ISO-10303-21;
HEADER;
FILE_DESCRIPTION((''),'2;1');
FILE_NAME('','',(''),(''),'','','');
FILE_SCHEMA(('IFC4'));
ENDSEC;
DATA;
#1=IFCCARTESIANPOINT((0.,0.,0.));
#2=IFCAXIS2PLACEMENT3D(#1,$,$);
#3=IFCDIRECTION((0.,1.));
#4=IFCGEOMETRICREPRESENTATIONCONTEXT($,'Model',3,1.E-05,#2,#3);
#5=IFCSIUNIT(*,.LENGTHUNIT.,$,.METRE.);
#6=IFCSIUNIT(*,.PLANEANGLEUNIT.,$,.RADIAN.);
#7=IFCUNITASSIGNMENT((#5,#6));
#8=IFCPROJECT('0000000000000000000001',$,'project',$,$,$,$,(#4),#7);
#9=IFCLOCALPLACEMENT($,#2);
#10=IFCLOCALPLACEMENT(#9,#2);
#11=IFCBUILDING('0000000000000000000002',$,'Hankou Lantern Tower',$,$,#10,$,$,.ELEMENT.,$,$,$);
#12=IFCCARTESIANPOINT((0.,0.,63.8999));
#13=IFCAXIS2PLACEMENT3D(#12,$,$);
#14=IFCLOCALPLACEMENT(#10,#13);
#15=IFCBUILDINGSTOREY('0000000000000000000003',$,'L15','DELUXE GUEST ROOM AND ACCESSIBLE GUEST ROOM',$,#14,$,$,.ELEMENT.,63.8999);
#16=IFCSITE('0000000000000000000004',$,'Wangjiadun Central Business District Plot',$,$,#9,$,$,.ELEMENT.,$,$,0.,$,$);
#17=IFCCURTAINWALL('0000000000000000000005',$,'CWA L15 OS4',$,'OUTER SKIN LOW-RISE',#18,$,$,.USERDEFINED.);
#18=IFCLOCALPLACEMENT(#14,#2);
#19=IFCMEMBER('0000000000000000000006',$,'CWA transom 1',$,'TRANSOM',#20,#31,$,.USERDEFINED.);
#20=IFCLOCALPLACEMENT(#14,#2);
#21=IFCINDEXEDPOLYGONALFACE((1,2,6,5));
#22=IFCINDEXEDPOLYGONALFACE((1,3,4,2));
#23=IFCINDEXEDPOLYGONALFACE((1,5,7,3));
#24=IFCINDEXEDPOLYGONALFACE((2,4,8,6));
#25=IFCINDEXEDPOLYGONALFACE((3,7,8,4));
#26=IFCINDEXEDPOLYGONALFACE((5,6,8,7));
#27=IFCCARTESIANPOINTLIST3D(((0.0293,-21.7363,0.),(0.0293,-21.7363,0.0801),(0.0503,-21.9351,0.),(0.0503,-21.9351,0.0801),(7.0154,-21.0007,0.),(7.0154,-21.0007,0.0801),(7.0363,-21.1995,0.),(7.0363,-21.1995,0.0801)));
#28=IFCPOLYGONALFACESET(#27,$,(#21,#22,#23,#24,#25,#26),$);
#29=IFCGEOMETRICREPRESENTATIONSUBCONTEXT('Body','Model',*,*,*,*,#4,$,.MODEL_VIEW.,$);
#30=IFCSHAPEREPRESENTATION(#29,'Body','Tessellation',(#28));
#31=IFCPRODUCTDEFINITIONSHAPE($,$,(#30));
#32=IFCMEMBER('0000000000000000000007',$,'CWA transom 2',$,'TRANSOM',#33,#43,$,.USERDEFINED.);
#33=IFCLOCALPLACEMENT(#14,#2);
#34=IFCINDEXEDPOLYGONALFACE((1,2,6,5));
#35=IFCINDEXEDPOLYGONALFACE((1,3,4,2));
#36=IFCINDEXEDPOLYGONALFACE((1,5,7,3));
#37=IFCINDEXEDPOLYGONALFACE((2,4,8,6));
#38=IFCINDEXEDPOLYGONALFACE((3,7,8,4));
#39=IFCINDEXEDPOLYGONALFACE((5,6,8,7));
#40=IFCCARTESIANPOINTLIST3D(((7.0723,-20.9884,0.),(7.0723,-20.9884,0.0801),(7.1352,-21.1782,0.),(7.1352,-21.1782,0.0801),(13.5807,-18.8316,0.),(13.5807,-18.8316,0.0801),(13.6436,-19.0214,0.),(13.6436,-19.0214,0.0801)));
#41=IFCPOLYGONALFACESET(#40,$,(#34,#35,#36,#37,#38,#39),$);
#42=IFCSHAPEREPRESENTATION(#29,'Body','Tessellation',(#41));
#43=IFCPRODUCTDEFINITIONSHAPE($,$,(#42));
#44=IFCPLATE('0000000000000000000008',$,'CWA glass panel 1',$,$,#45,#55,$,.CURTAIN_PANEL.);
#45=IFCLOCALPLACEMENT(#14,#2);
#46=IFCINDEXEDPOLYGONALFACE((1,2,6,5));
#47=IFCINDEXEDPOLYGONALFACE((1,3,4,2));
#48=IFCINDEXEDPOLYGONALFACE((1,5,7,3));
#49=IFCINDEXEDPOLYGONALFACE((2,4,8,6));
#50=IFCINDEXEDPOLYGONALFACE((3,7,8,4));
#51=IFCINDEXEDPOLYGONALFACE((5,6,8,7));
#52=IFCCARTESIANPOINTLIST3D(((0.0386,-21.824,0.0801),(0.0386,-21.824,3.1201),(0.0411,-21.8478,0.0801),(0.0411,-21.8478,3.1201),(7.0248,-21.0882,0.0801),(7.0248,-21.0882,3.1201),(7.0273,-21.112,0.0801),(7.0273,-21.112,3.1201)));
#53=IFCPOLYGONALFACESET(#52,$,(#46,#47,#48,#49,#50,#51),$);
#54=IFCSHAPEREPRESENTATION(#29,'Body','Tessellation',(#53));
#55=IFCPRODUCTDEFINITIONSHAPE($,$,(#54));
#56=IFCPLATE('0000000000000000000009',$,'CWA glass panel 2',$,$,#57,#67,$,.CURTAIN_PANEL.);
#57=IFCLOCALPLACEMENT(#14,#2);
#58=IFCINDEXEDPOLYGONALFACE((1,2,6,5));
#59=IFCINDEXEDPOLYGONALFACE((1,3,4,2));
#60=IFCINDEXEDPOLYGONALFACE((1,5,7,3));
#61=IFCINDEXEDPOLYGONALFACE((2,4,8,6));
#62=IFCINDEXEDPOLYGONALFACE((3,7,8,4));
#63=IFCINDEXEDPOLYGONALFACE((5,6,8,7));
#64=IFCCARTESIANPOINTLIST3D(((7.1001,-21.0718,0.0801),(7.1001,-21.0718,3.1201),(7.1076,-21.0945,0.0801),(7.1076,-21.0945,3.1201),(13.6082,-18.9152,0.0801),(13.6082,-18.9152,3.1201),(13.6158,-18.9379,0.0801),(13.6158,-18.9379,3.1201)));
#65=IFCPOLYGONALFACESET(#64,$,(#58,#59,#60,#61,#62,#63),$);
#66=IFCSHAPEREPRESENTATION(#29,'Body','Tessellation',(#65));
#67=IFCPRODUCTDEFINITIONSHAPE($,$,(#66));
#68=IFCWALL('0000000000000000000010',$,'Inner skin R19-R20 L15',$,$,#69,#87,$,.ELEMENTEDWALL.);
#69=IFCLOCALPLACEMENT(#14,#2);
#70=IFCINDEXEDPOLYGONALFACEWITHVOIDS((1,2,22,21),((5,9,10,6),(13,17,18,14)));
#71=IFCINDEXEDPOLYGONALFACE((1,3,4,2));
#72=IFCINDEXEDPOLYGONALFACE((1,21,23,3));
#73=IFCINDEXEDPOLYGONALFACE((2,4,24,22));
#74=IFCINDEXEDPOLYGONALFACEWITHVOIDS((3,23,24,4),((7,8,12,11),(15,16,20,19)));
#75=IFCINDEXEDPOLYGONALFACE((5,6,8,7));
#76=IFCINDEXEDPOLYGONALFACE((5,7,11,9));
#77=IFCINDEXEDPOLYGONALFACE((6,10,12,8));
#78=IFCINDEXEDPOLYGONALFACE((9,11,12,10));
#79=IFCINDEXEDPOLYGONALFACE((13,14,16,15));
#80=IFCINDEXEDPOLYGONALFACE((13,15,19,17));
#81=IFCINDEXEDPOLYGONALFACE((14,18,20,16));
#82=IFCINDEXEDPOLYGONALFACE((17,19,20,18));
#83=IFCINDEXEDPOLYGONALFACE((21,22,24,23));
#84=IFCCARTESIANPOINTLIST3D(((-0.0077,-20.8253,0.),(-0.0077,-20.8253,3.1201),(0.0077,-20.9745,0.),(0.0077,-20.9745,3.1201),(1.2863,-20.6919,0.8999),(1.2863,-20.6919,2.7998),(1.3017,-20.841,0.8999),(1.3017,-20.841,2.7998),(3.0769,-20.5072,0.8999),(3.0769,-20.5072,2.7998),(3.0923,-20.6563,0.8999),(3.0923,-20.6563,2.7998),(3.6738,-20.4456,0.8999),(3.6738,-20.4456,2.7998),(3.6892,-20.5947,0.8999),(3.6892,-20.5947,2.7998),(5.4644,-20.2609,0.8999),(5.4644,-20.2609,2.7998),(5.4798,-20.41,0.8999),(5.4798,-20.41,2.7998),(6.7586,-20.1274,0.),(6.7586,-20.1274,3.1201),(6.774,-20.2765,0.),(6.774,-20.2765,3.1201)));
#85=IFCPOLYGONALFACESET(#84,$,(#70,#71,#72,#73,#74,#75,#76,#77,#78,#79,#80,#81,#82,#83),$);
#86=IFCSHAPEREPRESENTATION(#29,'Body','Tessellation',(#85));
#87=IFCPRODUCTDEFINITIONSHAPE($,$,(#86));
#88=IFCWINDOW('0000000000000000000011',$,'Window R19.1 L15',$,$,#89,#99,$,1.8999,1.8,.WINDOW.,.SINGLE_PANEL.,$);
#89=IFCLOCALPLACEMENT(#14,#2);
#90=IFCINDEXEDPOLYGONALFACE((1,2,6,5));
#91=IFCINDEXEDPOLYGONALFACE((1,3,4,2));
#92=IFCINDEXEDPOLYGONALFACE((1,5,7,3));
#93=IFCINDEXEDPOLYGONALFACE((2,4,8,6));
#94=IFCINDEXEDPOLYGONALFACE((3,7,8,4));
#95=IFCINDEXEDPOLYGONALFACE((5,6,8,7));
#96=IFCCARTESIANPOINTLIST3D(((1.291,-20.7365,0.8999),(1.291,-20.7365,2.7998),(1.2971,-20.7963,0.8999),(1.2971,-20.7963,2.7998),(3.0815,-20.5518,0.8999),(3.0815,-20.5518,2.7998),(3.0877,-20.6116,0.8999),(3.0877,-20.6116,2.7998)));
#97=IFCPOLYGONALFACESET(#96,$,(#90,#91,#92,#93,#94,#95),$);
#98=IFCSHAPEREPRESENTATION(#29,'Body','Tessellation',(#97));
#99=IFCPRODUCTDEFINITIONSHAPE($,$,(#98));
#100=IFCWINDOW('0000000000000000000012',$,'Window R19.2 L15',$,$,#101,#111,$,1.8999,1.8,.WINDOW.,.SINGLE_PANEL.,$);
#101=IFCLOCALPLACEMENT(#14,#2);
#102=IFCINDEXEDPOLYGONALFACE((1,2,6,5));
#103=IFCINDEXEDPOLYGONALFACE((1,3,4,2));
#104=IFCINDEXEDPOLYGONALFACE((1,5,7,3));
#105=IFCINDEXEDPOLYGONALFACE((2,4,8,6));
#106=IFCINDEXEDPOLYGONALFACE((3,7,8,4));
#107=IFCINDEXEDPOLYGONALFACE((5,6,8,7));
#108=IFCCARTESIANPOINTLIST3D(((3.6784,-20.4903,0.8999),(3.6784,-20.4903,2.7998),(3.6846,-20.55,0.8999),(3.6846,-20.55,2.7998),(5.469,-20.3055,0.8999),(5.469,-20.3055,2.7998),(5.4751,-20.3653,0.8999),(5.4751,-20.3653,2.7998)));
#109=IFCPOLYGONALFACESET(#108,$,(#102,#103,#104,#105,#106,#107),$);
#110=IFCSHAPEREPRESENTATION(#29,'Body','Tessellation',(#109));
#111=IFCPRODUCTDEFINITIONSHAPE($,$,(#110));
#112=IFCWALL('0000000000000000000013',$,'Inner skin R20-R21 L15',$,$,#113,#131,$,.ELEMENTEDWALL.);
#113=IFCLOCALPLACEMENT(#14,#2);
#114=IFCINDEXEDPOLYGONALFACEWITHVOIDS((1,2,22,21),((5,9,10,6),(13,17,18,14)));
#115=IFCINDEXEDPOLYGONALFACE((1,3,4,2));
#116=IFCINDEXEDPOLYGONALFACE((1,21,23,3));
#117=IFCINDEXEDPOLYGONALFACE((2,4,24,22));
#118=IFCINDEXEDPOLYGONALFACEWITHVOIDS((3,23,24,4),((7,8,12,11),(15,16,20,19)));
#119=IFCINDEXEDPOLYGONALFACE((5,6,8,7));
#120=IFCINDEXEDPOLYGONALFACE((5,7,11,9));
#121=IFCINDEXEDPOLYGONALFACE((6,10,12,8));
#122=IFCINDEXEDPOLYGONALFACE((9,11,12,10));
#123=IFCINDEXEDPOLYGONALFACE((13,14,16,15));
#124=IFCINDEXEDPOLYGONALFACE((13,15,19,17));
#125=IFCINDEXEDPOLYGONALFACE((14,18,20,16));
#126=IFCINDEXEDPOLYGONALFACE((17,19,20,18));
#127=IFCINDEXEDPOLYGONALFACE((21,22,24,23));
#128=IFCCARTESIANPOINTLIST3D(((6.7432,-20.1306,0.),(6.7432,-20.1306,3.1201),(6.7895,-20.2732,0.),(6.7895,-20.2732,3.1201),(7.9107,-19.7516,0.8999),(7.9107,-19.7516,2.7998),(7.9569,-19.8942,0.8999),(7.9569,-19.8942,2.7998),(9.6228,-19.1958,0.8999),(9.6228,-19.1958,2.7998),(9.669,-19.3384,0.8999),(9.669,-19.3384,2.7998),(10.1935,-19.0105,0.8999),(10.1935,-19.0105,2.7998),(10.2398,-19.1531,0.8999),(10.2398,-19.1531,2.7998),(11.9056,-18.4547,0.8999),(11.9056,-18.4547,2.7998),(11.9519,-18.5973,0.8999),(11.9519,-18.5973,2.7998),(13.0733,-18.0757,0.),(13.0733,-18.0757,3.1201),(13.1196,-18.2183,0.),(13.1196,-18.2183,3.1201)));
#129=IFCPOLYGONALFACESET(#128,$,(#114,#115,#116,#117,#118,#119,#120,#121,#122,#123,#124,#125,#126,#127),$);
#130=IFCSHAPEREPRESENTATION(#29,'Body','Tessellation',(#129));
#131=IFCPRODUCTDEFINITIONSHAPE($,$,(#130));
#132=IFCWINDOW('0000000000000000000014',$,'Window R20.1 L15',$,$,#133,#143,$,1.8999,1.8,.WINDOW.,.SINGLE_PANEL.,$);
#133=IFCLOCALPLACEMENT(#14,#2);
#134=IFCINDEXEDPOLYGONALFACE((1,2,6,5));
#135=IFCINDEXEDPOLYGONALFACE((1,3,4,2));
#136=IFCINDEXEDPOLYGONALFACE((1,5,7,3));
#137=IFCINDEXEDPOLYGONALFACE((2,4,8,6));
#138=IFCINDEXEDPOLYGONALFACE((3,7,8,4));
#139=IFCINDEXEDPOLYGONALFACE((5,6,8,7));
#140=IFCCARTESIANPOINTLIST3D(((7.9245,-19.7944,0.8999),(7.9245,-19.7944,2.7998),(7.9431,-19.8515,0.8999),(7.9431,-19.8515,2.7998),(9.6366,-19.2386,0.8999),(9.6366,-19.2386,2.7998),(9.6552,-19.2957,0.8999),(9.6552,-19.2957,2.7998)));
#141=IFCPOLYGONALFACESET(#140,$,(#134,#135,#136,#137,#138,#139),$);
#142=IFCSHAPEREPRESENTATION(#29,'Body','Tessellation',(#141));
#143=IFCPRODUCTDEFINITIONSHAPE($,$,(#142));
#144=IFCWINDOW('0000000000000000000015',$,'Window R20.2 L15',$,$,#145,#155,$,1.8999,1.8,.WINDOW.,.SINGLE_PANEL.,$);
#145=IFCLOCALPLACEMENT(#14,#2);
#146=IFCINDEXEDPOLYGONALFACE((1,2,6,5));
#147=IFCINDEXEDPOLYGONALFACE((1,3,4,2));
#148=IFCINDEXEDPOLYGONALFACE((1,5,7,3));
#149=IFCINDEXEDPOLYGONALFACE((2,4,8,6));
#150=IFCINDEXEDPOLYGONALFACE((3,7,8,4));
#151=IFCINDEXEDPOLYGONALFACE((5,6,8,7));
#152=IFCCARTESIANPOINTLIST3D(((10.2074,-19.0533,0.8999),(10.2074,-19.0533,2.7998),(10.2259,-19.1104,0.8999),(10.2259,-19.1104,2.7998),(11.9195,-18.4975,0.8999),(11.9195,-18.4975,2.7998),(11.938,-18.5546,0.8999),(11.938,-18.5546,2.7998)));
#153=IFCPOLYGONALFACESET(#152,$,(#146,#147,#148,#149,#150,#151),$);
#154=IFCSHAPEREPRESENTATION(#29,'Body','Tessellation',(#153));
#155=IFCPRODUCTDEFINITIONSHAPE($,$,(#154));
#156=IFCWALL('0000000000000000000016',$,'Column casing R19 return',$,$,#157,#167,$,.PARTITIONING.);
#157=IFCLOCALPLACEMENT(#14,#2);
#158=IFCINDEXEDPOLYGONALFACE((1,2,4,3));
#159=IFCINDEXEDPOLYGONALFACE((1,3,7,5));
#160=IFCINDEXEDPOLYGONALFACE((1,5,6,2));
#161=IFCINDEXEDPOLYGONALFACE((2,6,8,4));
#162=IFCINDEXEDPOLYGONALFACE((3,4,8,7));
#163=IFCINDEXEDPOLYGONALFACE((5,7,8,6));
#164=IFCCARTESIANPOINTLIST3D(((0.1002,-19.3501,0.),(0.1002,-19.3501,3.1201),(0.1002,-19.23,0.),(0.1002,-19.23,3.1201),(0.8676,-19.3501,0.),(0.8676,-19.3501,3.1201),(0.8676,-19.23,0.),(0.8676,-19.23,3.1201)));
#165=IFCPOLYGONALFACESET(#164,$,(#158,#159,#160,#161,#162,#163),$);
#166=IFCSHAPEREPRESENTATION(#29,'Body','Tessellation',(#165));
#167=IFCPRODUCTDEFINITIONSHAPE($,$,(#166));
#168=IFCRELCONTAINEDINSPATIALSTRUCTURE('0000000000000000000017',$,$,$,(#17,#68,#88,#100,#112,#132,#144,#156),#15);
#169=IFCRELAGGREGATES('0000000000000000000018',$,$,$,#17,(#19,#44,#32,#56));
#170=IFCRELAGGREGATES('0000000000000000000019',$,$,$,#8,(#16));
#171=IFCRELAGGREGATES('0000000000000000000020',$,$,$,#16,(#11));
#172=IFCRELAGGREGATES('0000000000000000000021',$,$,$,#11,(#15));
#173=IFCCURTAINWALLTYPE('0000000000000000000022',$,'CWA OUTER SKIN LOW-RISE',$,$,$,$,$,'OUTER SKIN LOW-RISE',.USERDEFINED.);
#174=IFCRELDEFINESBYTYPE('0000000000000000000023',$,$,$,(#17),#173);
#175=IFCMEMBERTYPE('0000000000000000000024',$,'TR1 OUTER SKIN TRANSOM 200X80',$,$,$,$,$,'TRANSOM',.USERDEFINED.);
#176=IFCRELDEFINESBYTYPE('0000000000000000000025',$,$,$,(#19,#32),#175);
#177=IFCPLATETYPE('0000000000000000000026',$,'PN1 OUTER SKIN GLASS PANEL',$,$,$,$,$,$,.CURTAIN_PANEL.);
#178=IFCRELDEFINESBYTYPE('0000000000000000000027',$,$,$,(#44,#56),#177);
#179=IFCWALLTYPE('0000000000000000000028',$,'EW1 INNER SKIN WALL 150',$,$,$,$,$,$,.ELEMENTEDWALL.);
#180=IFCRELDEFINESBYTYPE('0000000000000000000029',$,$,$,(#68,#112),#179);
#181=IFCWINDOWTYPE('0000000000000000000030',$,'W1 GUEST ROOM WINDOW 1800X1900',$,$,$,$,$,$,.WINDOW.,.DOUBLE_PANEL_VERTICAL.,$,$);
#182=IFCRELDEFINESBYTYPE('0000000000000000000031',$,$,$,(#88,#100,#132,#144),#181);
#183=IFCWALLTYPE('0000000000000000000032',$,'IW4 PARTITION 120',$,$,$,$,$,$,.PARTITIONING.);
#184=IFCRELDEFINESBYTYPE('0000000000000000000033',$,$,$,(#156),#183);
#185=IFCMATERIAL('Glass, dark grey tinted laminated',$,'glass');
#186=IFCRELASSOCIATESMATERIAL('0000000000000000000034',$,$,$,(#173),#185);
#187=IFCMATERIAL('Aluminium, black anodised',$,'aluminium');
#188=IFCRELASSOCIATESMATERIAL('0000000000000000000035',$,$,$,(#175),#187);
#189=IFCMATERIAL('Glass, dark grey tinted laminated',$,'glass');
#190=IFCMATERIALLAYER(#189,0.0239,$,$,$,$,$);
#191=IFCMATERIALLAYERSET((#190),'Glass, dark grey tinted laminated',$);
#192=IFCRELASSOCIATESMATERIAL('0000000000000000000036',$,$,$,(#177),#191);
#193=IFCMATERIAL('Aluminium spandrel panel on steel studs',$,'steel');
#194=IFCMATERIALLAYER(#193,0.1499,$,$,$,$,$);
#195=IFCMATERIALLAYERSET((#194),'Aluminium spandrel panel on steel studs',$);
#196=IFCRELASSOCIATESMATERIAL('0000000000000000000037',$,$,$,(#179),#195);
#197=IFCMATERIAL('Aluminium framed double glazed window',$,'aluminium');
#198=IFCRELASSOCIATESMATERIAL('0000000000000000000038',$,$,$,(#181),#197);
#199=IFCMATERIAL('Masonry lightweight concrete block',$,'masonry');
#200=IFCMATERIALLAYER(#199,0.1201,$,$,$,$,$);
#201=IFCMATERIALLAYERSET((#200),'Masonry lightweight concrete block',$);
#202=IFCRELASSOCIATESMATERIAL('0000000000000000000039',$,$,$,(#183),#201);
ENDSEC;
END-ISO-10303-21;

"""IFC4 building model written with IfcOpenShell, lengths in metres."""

from ifc_helpers import new_model, si_unit, direction, frame, frame_2d, origin, origin_2d, place, context, subcontext, project, spatial, rectangle, extrude, material, layer, layer_set, material_profile, profile_set, type_object, element, fill, aggregate, save


model = new_model("IFC4")

# Units and contexts
model_context = context("Model", 3, precision=1e-05, world=origin(), true_north=direction((0.0, 1.0)))
body_context = subcontext(model_context, "Body", "Model", "MODEL_VIEW")
ifc_project = project(units=[si_unit("LENGTHUNIT", "METRE"), si_unit("PLANEANGLEUNIT", "RADIAN")], contexts=[model_context])

# Site, building, storey
site_placement = place(None, origin())
site = spatial("IfcSite", under=ifc_project, at=site_placement, Name="Wangjiadun Central Business District Plot", CompositionType="ELEMENT", RefElevation=0.0)
building_placement = place(site_placement, origin())
building = spatial("IfcBuilding", under=site, at=building_placement, Name="Hankou Lantern Tower", CompositionType="ELEMENT")
storey_placement = place(building_placement, frame((0.0, 0.0, 63.8999)))
storey = spatial("IfcBuildingStorey", under=building, at=storey_placement, Name="L15", Description="DELUXE GUEST ROOM AND ACCESSIBLE GUEST ROOM", CompositionType="ELEMENT", Elevation=63.8999)

# Curtain wall
ifc_material_1 = material(Name="Glass, dark grey tinted laminated", Category="glass")
curtain_wall_type = type_object("IfcCurtainWallType", Name="CWA OUTER SKIN LOW-RISE", ElementType="OUTER SKIN LOW-RISE", PredefinedType="USERDEFINED", material=ifc_material_1)
curtain_wall_placement = place(storey_placement, origin())
curtain_wall = element("IfcCurtainWall", 1, at=curtain_wall_placement, inside=storey, type_object=curtain_wall_type, Name="CWA L15 OS4", ObjectType="OUTER SKIN LOW-RISE", PredefinedType="USERDEFINED")

# Members
ifc_material_2 = material(Name="Aluminium, black anodised", Category="aluminium")
ifc_material_profile_1 = material_profile(ifc_material_2, rectangle(XDim=0.2, YDim=0.0801, at=origin_2d()), Name="TR1 200X80")
ifc_profile_set_1 = profile_set([ifc_material_profile_1], Name="Aluminium, black anodised")
member_type_1 = type_object("IfcMemberType", Name="TR1 OUTER SKIN TRANSOM 200X80", ElementType="TRANSOM", PredefinedType="USERDEFINED", material=ifc_profile_set_1)
member_1_placement = place(storey_placement, frame((0.0398, -21.8357, 0.04), z_axis=(0.994502, 0.104716, 0.0), x_axis=(-0.104716, 0.994502, 0.0)))
member_1 = element("IfcMember", 2, at=member_1_placement, type_object=member_type_1, Name="CWA transom 1", ObjectType="TRANSOM", PredefinedType="USERDEFINED", context=body_context, shape_type="SweptSolid", body=[
    extrude(rectangle(XDim=0.2, YDim=0.0801, at=origin_2d()), origin(), (0.0, 0.0, 1.0), 7.0247),
])
member_2_placement = place(storey_placement, frame((7.1038, -21.0833, 0.04), z_axis=(0.949237, 0.314561, 0.0), x_axis=(-0.314561, 0.949237, 0.0)))
member_2 = element("IfcMember", 3, at=member_2_placement, type_object=member_type_1, Name="CWA transom 2", ObjectType="TRANSOM", PredefinedType="USERDEFINED", context=body_context, shape_type="SweptSolid", body=[
    extrude(rectangle(XDim=0.2, YDim=0.0801, at=origin_2d()), origin(), (0.0, 0.0, 1.0), 6.8564),
])

# Plates
ifc_material_3 = material(Name="Glass, dark grey tinted laminated", Category="glass")
ifc_layer_1 = layer(ifc_material_3, 0.0239)
ifc_layer_set_1 = layer_set([ifc_layer_1], Name="Glass, dark grey tinted laminated")
plate_type = type_object("IfcPlateType", Name="PN1 OUTER SKIN GLASS PANEL", PredefinedType="CURTAIN_PANEL", material=ifc_layer_set_1)
plate_1_placement = place(storey_placement, frame((3.533, -21.468, 0.0801), z_axis=(0.0, 0.0, 1.0), x_axis=(0.994499, 0.104743, 0.0)))
plate_1 = element("IfcPlate", 4, at=plate_1_placement, type_object=plate_type, Name="CWA glass panel 1", PredefinedType="CURTAIN_PANEL", context=body_context, shape_type="SweptSolid", body=[
    extrude(rectangle(XDim=7.0249, YDim=0.0239, at=origin_2d()), origin(), (0.0, 0.0, 1.0), 3.04),
])
plate_2_placement = place(storey_placement, frame((10.3579, -20.0049, 0.0801), z_axis=(0.0, 0.0, 1.0), x_axis=(0.949241, 0.314551, 0.0)))
plate_2 = element("IfcPlate", 5, at=plate_2_placement, type_object=plate_type, Name="CWA glass panel 2", PredefinedType="CURTAIN_PANEL", context=body_context, shape_type="SweptSolid", body=[
    extrude(rectangle(XDim=6.8562, YDim=0.0239, at=origin_2d()), origin(), (0.0, 0.0, 1.0), 3.04),
])
aggregate(curtain_wall, [member_1, plate_1, member_2, plate_2])

# Walls, openings, windows
ifc_material_4 = material(Name="Aluminium spandrel panel on steel studs", Category="steel")
ifc_layer_2 = layer(ifc_material_4, 0.1499)
ifc_layer_set_2 = layer_set([ifc_layer_2], Name="Aluminium spandrel panel on steel studs")
wall_type_1 = type_object("IfcWallType", Name="EW1 INNER SKIN WALL 150", PredefinedType="ELEMENTEDWALL", material=ifc_layer_set_2)
wall_1_placement = place(storey_placement, frame((0.0, -20.8999, 0.0), z_axis=(0.0, 0.0, 1.0), x_axis=(0.994721, 0.102613, 0.0)))
wall_1 = element("IfcWall", 6, at=wall_1_placement, inside=storey, type_object=wall_type_1, Name="Inner skin R19-R20 L15", PredefinedType="ELEMENTEDWALL", context=body_context, shape_type="SweptSolid", body=[
    extrude(rectangle(XDim=6.8022, YDim=0.1499, at=frame_2d((3.4011, 0.0))), origin(), (0.0, 0.0, 1.0), 3.1201),
])
opening_1_placement = place(wall_1_placement, frame((1.301, 0.0, 0.8999)))
opening_1 = element("IfcOpeningElement", 7, at=opening_1_placement, cuts=wall_1, PredefinedType="OPENING", context=body_context, shape_type="SweptSolid", body=[
    extrude(rectangle(XDim=1.8, YDim=1.8999, at=frame_2d((0.8999, 0.95))), frame((0.0, 0.085, 0.0), z_axis=(0.0, -1.0, 0.0), x_axis=(1.0, 0.0, 0.0)), (0.0, 0.0, 1.0), 0.1699),
])
opening_2_placement = place(wall_1_placement, frame((3.7012, 0.0, 0.8999)))
opening_2 = element("IfcOpeningElement", 8, at=opening_2_placement, cuts=wall_1, PredefinedType="OPENING", context=body_context, shape_type="SweptSolid", body=[
    extrude(rectangle(XDim=1.8, YDim=1.8999, at=frame_2d((0.8999, 0.95))), frame((0.0, 0.085, 0.0), z_axis=(0.0, -1.0, 0.0), x_axis=(1.0, 0.0, 0.0)), (0.0, 0.0, 1.0), 0.1699),
])
ifc_material_5 = material(Name="Aluminium framed double glazed window", Category="aluminium")
window_type = type_object("IfcWindowType", Name="W1 GUEST ROOM WINDOW 1800X1900", PartitioningType="DOUBLE_PANEL_VERTICAL", PredefinedType="WINDOW", material=ifc_material_5)
window_1_placement = place(opening_1_placement, origin())
window_1 = element("IfcWindow", 9, at=window_1_placement, inside=storey, type_object=window_type, Name="Window R19.1 L15", OverallHeight=1.8999, OverallWidth=1.8, PartitioningType="SINGLE_PANEL", PredefinedType="WINDOW", context=body_context, shape_type="SweptSolid", body=[
    extrude(rectangle(XDim=1.8, YDim=1.8999, at=frame_2d((0.8999, 0.95))), frame((0.0, 0.03, 0.0), z_axis=(0.0, -1.0, 0.0), x_axis=(1.0, 0.0, 0.0)), (0.0, 0.0, 1.0), 0.0601),
])
fill(opening_1, window_1)
window_2_placement = place(opening_2_placement, origin())
window_2 = element("IfcWindow", 10, at=window_2_placement, inside=storey, type_object=window_type, Name="Window R19.2 L15", OverallHeight=1.8999, OverallWidth=1.8, PartitioningType="SINGLE_PANEL", PredefinedType="WINDOW", context=body_context, shape_type="SweptSolid", body=[
    extrude(rectangle(XDim=1.8, YDim=1.8999, at=frame_2d((0.8999, 0.95))), frame((0.0, 0.03, 0.0), z_axis=(0.0, -1.0, 0.0), x_axis=(1.0, 0.0, 0.0)), (0.0, 0.0, 1.0), 0.0601),
])
fill(opening_2, window_2)
wall_2_placement = place(storey_placement, frame((6.7664, -20.2019, 0.0), z_axis=(0.0, 0.0, 1.0), x_axis=(0.951138, 0.308768, 0.0)))
wall_2 = element("IfcWall", 11, at=wall_2_placement, inside=storey, type_object=wall_type_1, Name="Inner skin R20-R21 L15", PredefinedType="ELEMENTEDWALL", context=body_context, shape_type="SweptSolid", body=[
    extrude(rectangle(XDim=6.6553, YDim=0.1499, at=frame_2d((3.3276, 0.0))), origin(), (0.0, 0.0, 1.0), 3.1201),
])
opening_3_placement = place(wall_2_placement, frame((1.2275, 0.0, 0.8999)))
opening_3 = element("IfcOpeningElement", 12, at=opening_3_placement, cuts=wall_2, PredefinedType="OPENING", context=body_context, shape_type="SweptSolid", body=[
    extrude(rectangle(XDim=1.8, YDim=1.8999, at=frame_2d((0.8999, 0.95))), frame((0.0, 0.085, 0.0), z_axis=(0.0, -1.0, 0.0), x_axis=(1.0, 0.0, 0.0)), (0.0, 0.0, 1.0), 0.1699),
])
opening_4_placement = place(wall_2_placement, frame((3.6277, 0.0, 0.8999)))
opening_4 = element("IfcOpeningElement", 13, at=opening_4_placement, cuts=wall_2, PredefinedType="OPENING", context=body_context, shape_type="SweptSolid", body=[
    extrude(rectangle(XDim=1.8, YDim=1.8999, at=frame_2d((0.8999, 0.95))), frame((0.0, 0.085, 0.0), z_axis=(0.0, -1.0, 0.0), x_axis=(1.0, 0.0, 0.0)), (0.0, 0.0, 1.0), 0.1699),
])
window_3_placement = place(opening_3_placement, origin())
window_3 = element("IfcWindow", 14, at=window_3_placement, inside=storey, type_object=window_type, Name="Window R20.1 L15", OverallHeight=1.8999, OverallWidth=1.8, PartitioningType="SINGLE_PANEL", PredefinedType="WINDOW", context=body_context, shape_type="SweptSolid", body=[
    extrude(rectangle(XDim=1.8, YDim=1.8999, at=frame_2d((0.8999, 0.95))), frame((0.0, 0.03, 0.0), z_axis=(0.0, -1.0, 0.0), x_axis=(1.0, 0.0, 0.0)), (0.0, 0.0, 1.0), 0.0601),
])
fill(opening_3, window_3)
window_4_placement = place(opening_4_placement, origin())
window_4 = element("IfcWindow", 15, at=window_4_placement, inside=storey, type_object=window_type, Name="Window R20.2 L15", OverallHeight=1.8999, OverallWidth=1.8, PartitioningType="SINGLE_PANEL", PredefinedType="WINDOW", context=body_context, shape_type="SweptSolid", body=[
    extrude(rectangle(XDim=1.8, YDim=1.8999, at=frame_2d((0.8999, 0.95))), frame((0.0, 0.03, 0.0), z_axis=(0.0, -1.0, 0.0), x_axis=(1.0, 0.0, 0.0)), (0.0, 0.0, 1.0), 0.0601),
])
fill(opening_4, window_4)

# Wall
ifc_material_6 = material(Name="Masonry lightweight concrete block", Category="masonry")
ifc_layer_3 = layer(ifc_material_6, 0.1201)
ifc_layer_set_3 = layer_set([ifc_layer_3], Name="Masonry lightweight concrete block")
wall_type_2 = type_object("IfcWallType", Name="IW4 PARTITION 120", PredefinedType="PARTITIONING", material=ifc_layer_set_3)
wall_3_placement = place(storey_placement, frame((0.1001, -19.29, 0.0), z_axis=(0.0, 0.0, 1.0), x_axis=(1.0, 0.0, 0.0)))
element("IfcWall", 16, at=wall_3_placement, inside=storey, type_object=wall_type_2, Name="Column casing R19 return", PredefinedType="PARTITIONING", context=body_context, shape_type="SweptSolid", body=[
    extrude(rectangle(XDim=0.7673, YDim=0.1201, at=frame_2d((0.3838, 0.0))), origin(), (0.0, 0.0, 1.0), 3.1201),
])

save(model, "model.ifc")
